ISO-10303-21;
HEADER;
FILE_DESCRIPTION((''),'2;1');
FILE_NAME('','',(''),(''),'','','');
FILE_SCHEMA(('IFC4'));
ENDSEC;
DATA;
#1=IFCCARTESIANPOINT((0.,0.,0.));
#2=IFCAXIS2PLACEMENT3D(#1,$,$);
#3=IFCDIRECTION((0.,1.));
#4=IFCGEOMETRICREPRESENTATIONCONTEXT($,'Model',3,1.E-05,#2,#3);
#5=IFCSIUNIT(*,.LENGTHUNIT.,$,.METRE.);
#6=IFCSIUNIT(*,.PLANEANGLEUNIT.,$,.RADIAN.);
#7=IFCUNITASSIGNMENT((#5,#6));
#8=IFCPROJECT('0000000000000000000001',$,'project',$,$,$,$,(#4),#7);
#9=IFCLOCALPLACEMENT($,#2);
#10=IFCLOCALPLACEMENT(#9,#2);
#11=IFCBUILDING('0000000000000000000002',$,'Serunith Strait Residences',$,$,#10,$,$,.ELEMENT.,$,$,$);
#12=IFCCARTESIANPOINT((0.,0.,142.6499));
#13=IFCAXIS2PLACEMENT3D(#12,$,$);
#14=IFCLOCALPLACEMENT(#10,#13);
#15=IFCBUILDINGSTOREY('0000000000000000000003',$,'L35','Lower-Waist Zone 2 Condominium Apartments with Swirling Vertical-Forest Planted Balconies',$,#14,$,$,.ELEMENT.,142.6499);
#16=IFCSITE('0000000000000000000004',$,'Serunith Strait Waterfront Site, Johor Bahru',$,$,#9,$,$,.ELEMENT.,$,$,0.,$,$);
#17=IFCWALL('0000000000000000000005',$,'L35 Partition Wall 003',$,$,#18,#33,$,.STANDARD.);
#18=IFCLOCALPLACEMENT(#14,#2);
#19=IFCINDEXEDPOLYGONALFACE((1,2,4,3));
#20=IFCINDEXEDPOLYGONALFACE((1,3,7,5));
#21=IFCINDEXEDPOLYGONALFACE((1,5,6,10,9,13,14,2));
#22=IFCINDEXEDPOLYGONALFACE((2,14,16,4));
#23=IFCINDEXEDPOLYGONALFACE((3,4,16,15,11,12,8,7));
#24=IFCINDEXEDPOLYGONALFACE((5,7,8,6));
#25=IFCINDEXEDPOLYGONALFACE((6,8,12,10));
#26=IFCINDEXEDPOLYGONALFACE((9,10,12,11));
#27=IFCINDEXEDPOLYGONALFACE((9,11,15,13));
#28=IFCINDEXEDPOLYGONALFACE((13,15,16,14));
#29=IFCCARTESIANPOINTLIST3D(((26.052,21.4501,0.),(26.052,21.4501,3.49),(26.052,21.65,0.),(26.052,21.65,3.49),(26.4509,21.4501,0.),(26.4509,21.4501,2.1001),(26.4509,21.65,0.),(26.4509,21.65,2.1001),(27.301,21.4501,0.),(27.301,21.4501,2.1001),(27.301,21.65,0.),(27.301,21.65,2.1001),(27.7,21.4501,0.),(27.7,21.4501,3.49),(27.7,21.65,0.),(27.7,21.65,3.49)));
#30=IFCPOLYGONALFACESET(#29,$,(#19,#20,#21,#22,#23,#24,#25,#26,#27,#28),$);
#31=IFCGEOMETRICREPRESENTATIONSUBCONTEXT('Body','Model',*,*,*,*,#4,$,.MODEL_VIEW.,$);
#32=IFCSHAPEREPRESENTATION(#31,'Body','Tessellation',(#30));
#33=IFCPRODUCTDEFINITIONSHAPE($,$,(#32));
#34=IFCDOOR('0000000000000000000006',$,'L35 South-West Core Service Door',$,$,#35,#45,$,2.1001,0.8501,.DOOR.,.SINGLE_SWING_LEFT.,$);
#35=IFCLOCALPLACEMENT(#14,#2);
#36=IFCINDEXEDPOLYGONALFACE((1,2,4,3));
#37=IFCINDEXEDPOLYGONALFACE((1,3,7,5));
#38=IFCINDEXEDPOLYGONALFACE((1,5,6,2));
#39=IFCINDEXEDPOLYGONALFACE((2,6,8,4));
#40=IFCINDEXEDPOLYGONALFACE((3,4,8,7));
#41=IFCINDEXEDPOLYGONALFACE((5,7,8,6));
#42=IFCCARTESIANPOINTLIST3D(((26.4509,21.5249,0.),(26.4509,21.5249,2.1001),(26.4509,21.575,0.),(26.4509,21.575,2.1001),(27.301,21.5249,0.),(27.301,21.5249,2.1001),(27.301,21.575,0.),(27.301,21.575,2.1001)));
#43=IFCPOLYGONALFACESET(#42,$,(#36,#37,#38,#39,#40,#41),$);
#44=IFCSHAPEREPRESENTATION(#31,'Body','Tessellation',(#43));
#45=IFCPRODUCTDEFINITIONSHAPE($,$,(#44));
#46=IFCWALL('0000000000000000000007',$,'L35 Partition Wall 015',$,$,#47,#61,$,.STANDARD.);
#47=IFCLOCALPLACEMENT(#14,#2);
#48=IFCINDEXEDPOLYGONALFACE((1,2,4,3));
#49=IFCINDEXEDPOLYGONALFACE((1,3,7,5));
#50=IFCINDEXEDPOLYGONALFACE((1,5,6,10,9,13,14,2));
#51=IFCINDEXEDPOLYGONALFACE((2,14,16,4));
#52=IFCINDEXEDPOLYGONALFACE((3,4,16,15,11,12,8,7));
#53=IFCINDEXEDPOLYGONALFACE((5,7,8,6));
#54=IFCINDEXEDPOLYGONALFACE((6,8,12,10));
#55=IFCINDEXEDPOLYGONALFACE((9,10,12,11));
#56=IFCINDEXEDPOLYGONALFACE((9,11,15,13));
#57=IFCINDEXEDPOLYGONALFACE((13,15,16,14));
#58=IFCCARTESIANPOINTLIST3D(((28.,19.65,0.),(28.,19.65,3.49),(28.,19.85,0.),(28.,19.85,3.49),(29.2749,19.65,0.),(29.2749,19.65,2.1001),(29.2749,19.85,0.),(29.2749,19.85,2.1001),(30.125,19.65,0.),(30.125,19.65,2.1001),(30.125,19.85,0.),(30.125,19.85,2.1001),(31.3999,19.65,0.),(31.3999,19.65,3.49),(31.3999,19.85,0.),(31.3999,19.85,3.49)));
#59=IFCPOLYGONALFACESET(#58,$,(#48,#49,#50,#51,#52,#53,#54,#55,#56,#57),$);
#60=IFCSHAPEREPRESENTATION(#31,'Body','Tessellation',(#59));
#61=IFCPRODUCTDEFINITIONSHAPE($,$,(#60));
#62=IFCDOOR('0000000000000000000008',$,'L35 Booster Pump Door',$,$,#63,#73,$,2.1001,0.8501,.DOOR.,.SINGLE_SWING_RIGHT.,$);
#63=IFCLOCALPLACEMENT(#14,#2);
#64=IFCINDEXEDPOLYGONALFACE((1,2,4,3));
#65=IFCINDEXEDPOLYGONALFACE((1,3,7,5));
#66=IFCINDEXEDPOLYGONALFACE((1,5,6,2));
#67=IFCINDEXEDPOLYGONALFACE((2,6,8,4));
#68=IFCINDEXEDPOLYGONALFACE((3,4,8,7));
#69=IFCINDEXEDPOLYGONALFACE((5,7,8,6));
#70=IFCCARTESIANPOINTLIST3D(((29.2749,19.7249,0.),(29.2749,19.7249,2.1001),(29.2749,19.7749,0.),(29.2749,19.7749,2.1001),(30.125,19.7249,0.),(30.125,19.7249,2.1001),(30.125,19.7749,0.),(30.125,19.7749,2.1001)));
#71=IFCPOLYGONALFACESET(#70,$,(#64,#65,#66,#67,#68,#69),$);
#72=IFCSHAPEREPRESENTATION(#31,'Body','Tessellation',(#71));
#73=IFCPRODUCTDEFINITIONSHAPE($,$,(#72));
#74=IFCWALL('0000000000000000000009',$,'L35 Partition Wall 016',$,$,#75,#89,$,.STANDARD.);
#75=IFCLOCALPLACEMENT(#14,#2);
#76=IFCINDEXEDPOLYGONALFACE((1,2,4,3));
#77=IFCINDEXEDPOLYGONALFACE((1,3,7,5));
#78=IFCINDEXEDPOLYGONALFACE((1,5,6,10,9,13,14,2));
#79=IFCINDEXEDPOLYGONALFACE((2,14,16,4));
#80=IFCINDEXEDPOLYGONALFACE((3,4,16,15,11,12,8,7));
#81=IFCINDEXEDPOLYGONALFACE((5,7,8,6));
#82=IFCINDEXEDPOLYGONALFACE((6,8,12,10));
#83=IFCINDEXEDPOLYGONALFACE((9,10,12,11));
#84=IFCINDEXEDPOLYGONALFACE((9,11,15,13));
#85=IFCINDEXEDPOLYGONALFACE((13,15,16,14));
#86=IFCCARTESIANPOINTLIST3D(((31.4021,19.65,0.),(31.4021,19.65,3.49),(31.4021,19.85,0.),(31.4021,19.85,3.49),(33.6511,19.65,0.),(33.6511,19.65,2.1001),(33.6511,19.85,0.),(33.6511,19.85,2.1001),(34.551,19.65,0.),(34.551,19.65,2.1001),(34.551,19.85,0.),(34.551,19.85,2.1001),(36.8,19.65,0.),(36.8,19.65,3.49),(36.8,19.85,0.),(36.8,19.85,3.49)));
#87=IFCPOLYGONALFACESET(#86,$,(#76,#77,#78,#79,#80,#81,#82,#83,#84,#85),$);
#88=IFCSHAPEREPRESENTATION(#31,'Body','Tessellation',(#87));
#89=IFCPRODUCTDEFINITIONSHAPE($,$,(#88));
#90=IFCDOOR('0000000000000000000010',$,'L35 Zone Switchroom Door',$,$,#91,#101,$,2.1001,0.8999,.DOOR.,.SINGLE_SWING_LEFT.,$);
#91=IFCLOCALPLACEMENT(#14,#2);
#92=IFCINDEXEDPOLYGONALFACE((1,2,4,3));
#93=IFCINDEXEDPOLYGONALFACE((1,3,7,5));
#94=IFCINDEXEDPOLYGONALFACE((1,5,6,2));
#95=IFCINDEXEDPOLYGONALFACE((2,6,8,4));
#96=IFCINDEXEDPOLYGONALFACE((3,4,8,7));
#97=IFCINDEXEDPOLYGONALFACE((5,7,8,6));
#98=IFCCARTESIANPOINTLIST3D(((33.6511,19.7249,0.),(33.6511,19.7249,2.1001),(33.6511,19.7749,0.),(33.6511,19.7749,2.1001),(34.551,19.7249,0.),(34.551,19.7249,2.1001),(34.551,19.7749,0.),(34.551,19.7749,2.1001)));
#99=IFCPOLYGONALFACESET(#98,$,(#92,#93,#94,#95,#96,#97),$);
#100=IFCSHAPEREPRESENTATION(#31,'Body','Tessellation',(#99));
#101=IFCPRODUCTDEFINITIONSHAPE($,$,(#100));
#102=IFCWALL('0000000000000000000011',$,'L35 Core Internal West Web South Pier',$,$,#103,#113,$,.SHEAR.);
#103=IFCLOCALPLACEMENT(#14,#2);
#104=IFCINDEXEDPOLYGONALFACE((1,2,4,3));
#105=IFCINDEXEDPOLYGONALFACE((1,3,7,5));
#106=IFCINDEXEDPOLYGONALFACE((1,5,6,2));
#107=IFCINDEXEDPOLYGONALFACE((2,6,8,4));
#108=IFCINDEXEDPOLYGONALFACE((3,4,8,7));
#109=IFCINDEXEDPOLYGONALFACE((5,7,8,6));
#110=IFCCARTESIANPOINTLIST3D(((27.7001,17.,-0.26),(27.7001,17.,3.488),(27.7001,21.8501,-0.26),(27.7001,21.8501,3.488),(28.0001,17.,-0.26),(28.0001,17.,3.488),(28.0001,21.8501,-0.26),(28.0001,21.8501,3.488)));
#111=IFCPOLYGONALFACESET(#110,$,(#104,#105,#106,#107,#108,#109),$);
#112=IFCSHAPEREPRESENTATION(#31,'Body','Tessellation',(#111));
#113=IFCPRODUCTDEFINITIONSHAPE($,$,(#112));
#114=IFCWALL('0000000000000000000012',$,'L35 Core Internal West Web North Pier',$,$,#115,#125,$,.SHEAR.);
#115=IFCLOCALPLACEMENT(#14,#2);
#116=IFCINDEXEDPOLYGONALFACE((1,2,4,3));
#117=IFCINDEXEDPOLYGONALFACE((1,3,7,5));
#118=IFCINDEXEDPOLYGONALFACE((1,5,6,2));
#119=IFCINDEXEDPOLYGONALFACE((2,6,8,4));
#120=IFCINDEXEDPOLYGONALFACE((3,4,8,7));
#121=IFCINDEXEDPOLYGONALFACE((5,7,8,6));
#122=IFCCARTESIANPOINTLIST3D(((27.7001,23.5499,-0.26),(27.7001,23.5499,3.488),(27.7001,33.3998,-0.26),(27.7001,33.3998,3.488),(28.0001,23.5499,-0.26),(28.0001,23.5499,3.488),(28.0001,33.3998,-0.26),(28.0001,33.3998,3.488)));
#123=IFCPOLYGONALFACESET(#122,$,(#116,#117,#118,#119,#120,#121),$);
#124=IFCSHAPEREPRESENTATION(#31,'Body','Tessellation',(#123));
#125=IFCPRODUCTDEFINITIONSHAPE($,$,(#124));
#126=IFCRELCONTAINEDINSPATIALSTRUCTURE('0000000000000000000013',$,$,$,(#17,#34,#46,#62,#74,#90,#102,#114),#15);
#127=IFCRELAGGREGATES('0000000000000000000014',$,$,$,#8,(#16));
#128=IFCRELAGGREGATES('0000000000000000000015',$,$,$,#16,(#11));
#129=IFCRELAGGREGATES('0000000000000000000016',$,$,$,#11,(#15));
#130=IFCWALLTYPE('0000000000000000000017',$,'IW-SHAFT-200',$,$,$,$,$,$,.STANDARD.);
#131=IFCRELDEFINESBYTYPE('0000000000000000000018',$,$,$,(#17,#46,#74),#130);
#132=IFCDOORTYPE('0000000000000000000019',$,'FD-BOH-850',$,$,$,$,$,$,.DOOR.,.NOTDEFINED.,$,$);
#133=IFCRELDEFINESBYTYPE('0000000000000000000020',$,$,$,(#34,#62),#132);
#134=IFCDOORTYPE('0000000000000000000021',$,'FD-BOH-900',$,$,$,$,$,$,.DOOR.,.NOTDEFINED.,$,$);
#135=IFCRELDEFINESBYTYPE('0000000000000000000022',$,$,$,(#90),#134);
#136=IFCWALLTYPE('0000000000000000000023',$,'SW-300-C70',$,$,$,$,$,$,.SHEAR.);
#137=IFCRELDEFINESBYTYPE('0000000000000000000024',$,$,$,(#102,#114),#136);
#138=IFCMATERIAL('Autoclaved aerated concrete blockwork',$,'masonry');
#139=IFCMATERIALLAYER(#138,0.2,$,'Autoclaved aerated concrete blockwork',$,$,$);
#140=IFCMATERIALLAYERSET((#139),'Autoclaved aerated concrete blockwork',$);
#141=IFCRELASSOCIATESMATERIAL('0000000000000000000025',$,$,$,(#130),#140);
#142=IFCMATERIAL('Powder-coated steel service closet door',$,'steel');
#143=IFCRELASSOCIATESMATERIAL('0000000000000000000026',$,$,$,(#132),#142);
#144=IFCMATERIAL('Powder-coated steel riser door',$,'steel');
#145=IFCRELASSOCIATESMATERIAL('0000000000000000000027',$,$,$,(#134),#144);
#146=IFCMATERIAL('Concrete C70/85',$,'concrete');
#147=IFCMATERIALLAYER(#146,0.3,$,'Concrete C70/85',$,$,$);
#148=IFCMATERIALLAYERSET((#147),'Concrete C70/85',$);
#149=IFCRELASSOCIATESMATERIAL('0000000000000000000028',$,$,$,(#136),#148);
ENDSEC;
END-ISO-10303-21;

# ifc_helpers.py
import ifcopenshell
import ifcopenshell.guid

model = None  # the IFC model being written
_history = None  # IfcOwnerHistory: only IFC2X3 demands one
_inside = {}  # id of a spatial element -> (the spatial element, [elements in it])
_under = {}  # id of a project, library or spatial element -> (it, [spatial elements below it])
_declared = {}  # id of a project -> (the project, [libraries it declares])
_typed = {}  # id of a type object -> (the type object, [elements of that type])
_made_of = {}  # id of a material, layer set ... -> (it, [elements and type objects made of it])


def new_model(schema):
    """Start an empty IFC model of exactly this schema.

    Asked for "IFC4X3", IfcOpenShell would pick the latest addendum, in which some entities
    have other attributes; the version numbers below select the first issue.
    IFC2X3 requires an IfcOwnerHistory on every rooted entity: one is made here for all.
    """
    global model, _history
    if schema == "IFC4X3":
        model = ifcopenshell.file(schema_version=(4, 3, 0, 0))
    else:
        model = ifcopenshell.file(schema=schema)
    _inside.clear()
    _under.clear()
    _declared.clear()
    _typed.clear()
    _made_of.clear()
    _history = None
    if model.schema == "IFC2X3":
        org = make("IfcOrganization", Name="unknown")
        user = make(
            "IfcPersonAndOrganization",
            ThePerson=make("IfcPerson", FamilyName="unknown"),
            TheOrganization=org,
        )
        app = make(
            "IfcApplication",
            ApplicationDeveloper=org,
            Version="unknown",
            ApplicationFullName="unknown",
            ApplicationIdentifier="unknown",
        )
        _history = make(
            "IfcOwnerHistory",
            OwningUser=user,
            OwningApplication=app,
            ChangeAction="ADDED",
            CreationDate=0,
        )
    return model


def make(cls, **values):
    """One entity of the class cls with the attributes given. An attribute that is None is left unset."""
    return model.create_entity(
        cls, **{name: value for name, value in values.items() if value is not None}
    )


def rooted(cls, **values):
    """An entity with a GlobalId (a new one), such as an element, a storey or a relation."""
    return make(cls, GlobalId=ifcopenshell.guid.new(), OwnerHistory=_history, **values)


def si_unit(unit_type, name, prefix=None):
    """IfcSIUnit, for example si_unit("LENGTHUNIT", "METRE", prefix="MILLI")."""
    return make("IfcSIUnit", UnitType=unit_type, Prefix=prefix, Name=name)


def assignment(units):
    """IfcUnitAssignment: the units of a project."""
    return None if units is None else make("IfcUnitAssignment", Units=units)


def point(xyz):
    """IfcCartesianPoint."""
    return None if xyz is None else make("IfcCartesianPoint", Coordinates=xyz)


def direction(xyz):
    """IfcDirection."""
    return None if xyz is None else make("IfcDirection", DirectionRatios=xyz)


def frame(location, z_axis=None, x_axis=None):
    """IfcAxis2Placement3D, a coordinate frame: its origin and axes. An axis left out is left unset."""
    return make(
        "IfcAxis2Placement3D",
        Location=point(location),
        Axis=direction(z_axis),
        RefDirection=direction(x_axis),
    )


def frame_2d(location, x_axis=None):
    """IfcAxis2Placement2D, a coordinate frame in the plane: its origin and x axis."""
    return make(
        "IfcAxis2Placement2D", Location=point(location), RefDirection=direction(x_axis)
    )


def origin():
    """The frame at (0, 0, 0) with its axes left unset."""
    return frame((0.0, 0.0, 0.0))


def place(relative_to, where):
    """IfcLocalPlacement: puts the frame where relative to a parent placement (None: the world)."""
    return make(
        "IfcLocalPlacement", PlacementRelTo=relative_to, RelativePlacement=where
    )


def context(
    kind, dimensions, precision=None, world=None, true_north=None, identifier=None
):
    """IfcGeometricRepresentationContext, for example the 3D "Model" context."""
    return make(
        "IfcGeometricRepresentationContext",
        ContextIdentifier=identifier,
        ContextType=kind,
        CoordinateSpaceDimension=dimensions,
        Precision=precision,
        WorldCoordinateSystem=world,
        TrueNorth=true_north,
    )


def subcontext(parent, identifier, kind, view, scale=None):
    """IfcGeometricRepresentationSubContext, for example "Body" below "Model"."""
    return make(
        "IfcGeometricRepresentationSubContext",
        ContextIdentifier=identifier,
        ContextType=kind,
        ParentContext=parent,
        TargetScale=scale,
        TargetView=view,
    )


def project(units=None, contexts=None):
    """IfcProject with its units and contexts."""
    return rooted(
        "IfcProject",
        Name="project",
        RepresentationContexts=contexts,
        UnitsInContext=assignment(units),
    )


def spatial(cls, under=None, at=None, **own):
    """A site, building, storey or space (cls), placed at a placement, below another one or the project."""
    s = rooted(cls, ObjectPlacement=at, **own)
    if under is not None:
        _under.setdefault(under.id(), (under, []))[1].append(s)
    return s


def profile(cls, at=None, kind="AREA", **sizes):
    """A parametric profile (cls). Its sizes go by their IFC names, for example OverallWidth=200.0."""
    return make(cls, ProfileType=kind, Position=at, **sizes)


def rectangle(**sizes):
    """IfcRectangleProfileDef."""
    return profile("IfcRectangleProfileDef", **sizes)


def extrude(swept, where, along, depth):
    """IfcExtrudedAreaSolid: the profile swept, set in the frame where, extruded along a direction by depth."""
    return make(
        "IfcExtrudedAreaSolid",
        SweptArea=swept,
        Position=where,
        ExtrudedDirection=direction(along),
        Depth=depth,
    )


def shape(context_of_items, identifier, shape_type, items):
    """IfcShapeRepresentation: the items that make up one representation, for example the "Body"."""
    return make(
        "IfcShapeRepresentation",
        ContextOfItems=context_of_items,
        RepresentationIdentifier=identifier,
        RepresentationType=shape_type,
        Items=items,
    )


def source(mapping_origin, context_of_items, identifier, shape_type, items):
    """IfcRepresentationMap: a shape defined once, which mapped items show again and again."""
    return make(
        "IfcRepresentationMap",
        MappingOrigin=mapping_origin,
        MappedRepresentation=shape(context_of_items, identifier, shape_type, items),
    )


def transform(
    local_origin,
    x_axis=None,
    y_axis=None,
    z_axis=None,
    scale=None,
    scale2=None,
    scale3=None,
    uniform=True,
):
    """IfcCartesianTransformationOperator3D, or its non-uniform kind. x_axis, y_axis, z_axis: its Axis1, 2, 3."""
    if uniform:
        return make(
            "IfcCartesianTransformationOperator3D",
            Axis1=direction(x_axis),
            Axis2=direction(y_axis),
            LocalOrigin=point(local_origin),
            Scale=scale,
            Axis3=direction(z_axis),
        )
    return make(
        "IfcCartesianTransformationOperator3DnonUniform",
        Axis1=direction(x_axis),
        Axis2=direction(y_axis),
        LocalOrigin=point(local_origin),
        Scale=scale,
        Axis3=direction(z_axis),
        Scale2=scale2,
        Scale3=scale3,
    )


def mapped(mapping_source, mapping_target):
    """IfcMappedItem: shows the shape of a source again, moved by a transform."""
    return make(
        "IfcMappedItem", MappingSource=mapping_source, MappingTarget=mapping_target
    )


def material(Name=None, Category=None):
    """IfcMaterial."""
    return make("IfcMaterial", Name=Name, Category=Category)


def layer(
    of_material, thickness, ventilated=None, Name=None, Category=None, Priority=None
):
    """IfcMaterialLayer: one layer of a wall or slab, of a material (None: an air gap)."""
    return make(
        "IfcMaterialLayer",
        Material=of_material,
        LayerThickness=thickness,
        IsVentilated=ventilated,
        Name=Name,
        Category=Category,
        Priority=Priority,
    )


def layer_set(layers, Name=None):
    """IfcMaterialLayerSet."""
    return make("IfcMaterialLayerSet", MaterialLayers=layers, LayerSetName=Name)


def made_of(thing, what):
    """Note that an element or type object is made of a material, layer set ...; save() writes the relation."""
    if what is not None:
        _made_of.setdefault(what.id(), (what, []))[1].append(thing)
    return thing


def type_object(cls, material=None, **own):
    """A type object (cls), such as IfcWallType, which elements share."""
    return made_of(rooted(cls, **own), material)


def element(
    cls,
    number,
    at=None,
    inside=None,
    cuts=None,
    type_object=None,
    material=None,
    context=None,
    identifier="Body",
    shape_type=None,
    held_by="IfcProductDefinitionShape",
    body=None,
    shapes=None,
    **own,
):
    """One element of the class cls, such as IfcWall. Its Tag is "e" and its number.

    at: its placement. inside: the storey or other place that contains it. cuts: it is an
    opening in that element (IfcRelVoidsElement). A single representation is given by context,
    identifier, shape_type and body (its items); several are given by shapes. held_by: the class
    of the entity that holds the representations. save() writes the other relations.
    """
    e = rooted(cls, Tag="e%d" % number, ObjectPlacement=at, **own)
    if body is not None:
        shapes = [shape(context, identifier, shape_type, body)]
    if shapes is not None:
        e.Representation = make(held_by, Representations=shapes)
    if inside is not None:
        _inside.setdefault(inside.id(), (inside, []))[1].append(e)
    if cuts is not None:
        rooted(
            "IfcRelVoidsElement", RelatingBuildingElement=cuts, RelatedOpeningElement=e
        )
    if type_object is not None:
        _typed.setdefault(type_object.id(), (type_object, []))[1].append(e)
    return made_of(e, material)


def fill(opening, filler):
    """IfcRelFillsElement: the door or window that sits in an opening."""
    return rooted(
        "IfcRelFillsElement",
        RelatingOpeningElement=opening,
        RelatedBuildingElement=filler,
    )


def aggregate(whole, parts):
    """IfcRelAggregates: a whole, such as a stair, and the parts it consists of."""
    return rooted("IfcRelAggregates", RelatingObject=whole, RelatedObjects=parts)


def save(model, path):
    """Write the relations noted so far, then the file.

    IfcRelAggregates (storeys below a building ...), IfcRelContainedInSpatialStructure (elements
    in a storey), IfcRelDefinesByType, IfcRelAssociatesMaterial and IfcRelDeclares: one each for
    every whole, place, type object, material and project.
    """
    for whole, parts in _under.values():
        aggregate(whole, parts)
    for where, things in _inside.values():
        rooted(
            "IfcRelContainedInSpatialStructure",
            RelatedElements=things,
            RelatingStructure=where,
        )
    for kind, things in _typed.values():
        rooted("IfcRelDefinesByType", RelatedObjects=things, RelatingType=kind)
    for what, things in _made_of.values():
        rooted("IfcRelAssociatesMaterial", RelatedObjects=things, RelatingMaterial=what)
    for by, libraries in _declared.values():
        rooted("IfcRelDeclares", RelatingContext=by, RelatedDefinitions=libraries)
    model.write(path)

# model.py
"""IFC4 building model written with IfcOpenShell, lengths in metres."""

from ifc_helpers import new_model, si_unit, direction, frame, frame_2d, origin, place, context, subcontext, project, spatial, rectangle, extrude, source, transform, mapped, material, layer, layer_set, type_object, element, fill, save


model = new_model("IFC4")

# Units and contexts
model_context = context("Model", 3, precision=1e-05, world=origin(), true_north=direction((0.0, 1.0)))
body_context = subcontext(model_context, "Body", "Model", "MODEL_VIEW")
ifc_project = project(units=[si_unit("LENGTHUNIT", "METRE"), si_unit("PLANEANGLEUNIT", "RADIAN")], contexts=[model_context])

# Site, building, storey
site_placement = place(None, origin())
site = spatial("IfcSite", under=ifc_project, at=site_placement, Name="Serunith Strait Waterfront Site, Johor Bahru", CompositionType="ELEMENT", RefElevation=0.0)
building_placement = place(site_placement, origin())
building = spatial("IfcBuilding", under=site, at=building_placement, Name="Serunith Strait Residences", CompositionType="ELEMENT")
storey_placement = place(building_placement, frame((0.0, 0.0, 142.6499)))
storey = spatial("IfcBuildingStorey", under=building, at=storey_placement, Name="L35", Description="Lower-Waist Zone 2 Condominium Apartments with Swirling Vertical-Forest Planted Balconies", CompositionType="ELEMENT", Elevation=142.6499)

# Shared definitions
ifc_material_1 = material(Name="Autoclaved aerated concrete blockwork", Category="masonry")
ifc_layer_1 = layer(ifc_material_1, 0.2, Name="Autoclaved aerated concrete blockwork")
ifc_layer_set_1 = layer_set([ifc_layer_1], Name="Autoclaved aerated concrete blockwork")
wall_type_1 = type_object("IfcWallType", Name="IW-SHAFT-200", PredefinedType="STANDARD", material=ifc_layer_set_1)

# Walls, openings, doors
wall_1_placement = place(storey_placement, frame((26.052, 21.55, 0.0), z_axis=(0.0, 0.0, 1.0), x_axis=(1.0, 0.0, 0.0)))
wall_1 = element("IfcWall", 1, at=wall_1_placement, inside=storey, type_object=wall_type_1, Name="L35 Partition Wall 003", PredefinedType="STANDARD", context=body_context, shape_type="SweptSolid", body=[
    extrude(rectangle(XDim=1.6479, YDim=0.2, at=frame_2d((0.824, 0.0))), origin(), (0.0, 0.0, 1.0), 3.49),
])
opening_1_placement = place(wall_1_placement, frame((0.3989, 0.0, 0.0)))
opening_1 = element("IfcOpeningElement", 2, at=opening_1_placement, cuts=wall_1, PredefinedType="OPENING", context=body_context, shape_type="SweptSolid", body=[
    extrude(rectangle(XDim=0.8501, YDim=2.1001, at=frame_2d((0.425, 1.05))), frame((0.0, 0.1099, 0.0), z_axis=(0.0, -1.0, 0.0), x_axis=(1.0, 0.0, 0.0)), (0.0, 0.0, 1.0), 0.22),
])
ifc_material_2 = material(Name="Powder-coated steel service closet door", Category="steel")
door_type_1 = type_object("IfcDoorType", Name="FD-BOH-850", OperationType="NOTDEFINED", PredefinedType="DOOR", material=ifc_material_2)
shared_shape_1 = source(origin(), body_context, "Body", "SweptSolid", [
    extrude(rectangle(XDim=0.8501, YDim=2.1001, at=frame_2d((0.425, 1.05))), frame((0.0, 0.0249, 0.0), z_axis=(0.0, -1.0, 0.0), x_axis=(1.0, 0.0, 0.0)), (0.0, 0.0, 1.0), 0.05),
])
door_1_placement = place(opening_1_placement, origin())
door_1 = element("IfcDoor", 3, at=door_1_placement, inside=storey, type_object=door_type_1, Name="L35 South-West Core Service Door", OperationType="SINGLE_SWING_LEFT", OverallHeight=2.1001, OverallWidth=0.8501, PredefinedType="DOOR", context=body_context, shape_type="MappedRepresentation", body=[
    mapped(shared_shape_1, transform((0.0, 0.0, 0.0), scale=1.0)),
])
fill(opening_1, door_1)
wall_2_placement = place(storey_placement, frame((28.0, 19.75, 0.0), z_axis=(0.0, 0.0, 1.0), x_axis=(1.0, 0.0, 0.0)))
wall_2 = element("IfcWall", 4, at=wall_2_placement, inside=storey, type_object=wall_type_1, Name="L35 Partition Wall 015", PredefinedType="STANDARD", context=body_context, shape_type="SweptSolid", body=[
    extrude(rectangle(XDim=3.3999, YDim=0.2, at=frame_2d((1.7, 0.0))), origin(), (0.0, 0.0, 1.0), 3.49),
])
opening_2_placement = place(wall_2_placement, frame((1.2749, 0.0, 0.0)))
opening_2 = element("IfcOpeningElement", 5, at=opening_2_placement, cuts=wall_2, PredefinedType="OPENING", context=body_context, shape_type="SweptSolid", body=[
    extrude(rectangle(XDim=0.8501, YDim=2.1001, at=frame_2d((0.425, 1.05))), frame((0.0, 0.1099, 0.0), z_axis=(0.0, -1.0, 0.0), x_axis=(1.0, 0.0, 0.0)), (0.0, 0.0, 1.0), 0.22),
])
door_2_placement = place(opening_2_placement, origin())
door_2 = element("IfcDoor", 6, at=door_2_placement, inside=storey, type_object=door_type_1, Name="L35 Booster Pump Door", OperationType="SINGLE_SWING_RIGHT", OverallHeight=2.1001, OverallWidth=0.8501, PredefinedType="DOOR", context=body_context, shape_type="MappedRepresentation", body=[
    mapped(shared_shape_1, transform((0.0, 0.0, 0.0), scale=1.0)),
])
fill(opening_2, door_2)
wall_3_placement = place(storey_placement, frame((31.4021, 19.75, 0.0), z_axis=(0.0, 0.0, 1.0), x_axis=(1.0, 0.0, 0.0)))
wall_3 = element("IfcWall", 7, at=wall_3_placement, inside=storey, type_object=wall_type_1, Name="L35 Partition Wall 016", PredefinedType="STANDARD", context=body_context, shape_type="SweptSolid", body=[
    extrude(rectangle(XDim=5.3979, YDim=0.2, at=frame_2d((2.699, 0.0))), origin(), (0.0, 0.0, 1.0), 3.49),
])
opening_3_placement = place(wall_3_placement, frame((2.249, 0.0, 0.0)))
opening_3 = element("IfcOpeningElement", 8, at=opening_3_placement, cuts=wall_3, PredefinedType="OPENING", context=body_context, shape_type="SweptSolid", body=[
    extrude(rectangle(XDim=0.8999, YDim=2.1001, at=frame_2d((0.45, 1.05))), frame((0.0, 0.1099, 0.0), z_axis=(0.0, -1.0, 0.0), x_axis=(1.0, 0.0, 0.0)), (0.0, 0.0, 1.0), 0.22),
])
ifc_material_3 = material(Name="Powder-coated steel riser door", Category="steel")
door_type_2 = type_object("IfcDoorType", Name="FD-BOH-900", OperationType="NOTDEFINED", PredefinedType="DOOR", material=ifc_material_3)
shared_shape_2 = source(origin(), body_context, "Body", "SweptSolid", [
    extrude(rectangle(XDim=0.8999, YDim=2.1001, at=frame_2d((0.45, 1.05))), frame((0.0, 0.0249, 0.0), z_axis=(0.0, -1.0, 0.0), x_axis=(1.0, 0.0, 0.0)), (0.0, 0.0, 1.0), 0.05),
])
door_3_placement = place(opening_3_placement, origin())
door_3 = element("IfcDoor", 9, at=door_3_placement, inside=storey, type_object=door_type_2, Name="L35 Zone Switchroom Door", OperationType="SINGLE_SWING_LEFT", OverallHeight=2.1001, OverallWidth=0.8999, PredefinedType="DOOR", context=body_context, shape_type="MappedRepresentation", body=[
    mapped(shared_shape_2, transform((0.0, 0.0, 0.0), scale=1.0)),
])
fill(opening_3, door_3)

# Walls
ifc_material_4 = material(Name="Concrete C70/85", Category="concrete")
ifc_layer_2 = layer(ifc_material_4, 0.3, Name="Concrete C70/85")
ifc_layer_set_2 = layer_set([ifc_layer_2], Name="Concrete C70/85")
wall_type_2 = type_object("IfcWallType", Name="SW-300-C70", PredefinedType="SHEAR", material=ifc_layer_set_2)
wall_4_placement = place(storey_placement, frame((27.8501, 17.0, -0.26), z_axis=(0.0, 0.0, 1.0), x_axis=(0.0, 1.0, 0.0)))
element("IfcWall", 10, at=wall_4_placement, inside=storey, type_object=wall_type_2, Name="L35 Core Internal West Web South Pier", PredefinedType="SHEAR", context=body_context, shape_type="SweptSolid", body=[
    extrude(rectangle(XDim=4.8501, YDim=0.3, at=frame_2d((2.425, 0.0))), origin(), (0.0, 0.0, 1.0), 3.748),
])
wall_5_placement = place(storey_placement, frame((27.8501, 23.55, -0.26), z_axis=(0.0, 0.0, 1.0), x_axis=(0.0, 1.0, 0.0)))
element("IfcWall", 11, at=wall_5_placement, inside=storey, type_object=wall_type_2, Name="L35 Core Internal West Web North Pier", PredefinedType="SHEAR", context=body_context, shape_type="SweptSolid", body=[
    extrude(rectangle(XDim=9.8499, YDim=0.3, at=frame_2d((4.9248, 0.0))), origin(), (0.0, 0.0, 1.0), 3.748),
])

save(model, "model.ifc")
